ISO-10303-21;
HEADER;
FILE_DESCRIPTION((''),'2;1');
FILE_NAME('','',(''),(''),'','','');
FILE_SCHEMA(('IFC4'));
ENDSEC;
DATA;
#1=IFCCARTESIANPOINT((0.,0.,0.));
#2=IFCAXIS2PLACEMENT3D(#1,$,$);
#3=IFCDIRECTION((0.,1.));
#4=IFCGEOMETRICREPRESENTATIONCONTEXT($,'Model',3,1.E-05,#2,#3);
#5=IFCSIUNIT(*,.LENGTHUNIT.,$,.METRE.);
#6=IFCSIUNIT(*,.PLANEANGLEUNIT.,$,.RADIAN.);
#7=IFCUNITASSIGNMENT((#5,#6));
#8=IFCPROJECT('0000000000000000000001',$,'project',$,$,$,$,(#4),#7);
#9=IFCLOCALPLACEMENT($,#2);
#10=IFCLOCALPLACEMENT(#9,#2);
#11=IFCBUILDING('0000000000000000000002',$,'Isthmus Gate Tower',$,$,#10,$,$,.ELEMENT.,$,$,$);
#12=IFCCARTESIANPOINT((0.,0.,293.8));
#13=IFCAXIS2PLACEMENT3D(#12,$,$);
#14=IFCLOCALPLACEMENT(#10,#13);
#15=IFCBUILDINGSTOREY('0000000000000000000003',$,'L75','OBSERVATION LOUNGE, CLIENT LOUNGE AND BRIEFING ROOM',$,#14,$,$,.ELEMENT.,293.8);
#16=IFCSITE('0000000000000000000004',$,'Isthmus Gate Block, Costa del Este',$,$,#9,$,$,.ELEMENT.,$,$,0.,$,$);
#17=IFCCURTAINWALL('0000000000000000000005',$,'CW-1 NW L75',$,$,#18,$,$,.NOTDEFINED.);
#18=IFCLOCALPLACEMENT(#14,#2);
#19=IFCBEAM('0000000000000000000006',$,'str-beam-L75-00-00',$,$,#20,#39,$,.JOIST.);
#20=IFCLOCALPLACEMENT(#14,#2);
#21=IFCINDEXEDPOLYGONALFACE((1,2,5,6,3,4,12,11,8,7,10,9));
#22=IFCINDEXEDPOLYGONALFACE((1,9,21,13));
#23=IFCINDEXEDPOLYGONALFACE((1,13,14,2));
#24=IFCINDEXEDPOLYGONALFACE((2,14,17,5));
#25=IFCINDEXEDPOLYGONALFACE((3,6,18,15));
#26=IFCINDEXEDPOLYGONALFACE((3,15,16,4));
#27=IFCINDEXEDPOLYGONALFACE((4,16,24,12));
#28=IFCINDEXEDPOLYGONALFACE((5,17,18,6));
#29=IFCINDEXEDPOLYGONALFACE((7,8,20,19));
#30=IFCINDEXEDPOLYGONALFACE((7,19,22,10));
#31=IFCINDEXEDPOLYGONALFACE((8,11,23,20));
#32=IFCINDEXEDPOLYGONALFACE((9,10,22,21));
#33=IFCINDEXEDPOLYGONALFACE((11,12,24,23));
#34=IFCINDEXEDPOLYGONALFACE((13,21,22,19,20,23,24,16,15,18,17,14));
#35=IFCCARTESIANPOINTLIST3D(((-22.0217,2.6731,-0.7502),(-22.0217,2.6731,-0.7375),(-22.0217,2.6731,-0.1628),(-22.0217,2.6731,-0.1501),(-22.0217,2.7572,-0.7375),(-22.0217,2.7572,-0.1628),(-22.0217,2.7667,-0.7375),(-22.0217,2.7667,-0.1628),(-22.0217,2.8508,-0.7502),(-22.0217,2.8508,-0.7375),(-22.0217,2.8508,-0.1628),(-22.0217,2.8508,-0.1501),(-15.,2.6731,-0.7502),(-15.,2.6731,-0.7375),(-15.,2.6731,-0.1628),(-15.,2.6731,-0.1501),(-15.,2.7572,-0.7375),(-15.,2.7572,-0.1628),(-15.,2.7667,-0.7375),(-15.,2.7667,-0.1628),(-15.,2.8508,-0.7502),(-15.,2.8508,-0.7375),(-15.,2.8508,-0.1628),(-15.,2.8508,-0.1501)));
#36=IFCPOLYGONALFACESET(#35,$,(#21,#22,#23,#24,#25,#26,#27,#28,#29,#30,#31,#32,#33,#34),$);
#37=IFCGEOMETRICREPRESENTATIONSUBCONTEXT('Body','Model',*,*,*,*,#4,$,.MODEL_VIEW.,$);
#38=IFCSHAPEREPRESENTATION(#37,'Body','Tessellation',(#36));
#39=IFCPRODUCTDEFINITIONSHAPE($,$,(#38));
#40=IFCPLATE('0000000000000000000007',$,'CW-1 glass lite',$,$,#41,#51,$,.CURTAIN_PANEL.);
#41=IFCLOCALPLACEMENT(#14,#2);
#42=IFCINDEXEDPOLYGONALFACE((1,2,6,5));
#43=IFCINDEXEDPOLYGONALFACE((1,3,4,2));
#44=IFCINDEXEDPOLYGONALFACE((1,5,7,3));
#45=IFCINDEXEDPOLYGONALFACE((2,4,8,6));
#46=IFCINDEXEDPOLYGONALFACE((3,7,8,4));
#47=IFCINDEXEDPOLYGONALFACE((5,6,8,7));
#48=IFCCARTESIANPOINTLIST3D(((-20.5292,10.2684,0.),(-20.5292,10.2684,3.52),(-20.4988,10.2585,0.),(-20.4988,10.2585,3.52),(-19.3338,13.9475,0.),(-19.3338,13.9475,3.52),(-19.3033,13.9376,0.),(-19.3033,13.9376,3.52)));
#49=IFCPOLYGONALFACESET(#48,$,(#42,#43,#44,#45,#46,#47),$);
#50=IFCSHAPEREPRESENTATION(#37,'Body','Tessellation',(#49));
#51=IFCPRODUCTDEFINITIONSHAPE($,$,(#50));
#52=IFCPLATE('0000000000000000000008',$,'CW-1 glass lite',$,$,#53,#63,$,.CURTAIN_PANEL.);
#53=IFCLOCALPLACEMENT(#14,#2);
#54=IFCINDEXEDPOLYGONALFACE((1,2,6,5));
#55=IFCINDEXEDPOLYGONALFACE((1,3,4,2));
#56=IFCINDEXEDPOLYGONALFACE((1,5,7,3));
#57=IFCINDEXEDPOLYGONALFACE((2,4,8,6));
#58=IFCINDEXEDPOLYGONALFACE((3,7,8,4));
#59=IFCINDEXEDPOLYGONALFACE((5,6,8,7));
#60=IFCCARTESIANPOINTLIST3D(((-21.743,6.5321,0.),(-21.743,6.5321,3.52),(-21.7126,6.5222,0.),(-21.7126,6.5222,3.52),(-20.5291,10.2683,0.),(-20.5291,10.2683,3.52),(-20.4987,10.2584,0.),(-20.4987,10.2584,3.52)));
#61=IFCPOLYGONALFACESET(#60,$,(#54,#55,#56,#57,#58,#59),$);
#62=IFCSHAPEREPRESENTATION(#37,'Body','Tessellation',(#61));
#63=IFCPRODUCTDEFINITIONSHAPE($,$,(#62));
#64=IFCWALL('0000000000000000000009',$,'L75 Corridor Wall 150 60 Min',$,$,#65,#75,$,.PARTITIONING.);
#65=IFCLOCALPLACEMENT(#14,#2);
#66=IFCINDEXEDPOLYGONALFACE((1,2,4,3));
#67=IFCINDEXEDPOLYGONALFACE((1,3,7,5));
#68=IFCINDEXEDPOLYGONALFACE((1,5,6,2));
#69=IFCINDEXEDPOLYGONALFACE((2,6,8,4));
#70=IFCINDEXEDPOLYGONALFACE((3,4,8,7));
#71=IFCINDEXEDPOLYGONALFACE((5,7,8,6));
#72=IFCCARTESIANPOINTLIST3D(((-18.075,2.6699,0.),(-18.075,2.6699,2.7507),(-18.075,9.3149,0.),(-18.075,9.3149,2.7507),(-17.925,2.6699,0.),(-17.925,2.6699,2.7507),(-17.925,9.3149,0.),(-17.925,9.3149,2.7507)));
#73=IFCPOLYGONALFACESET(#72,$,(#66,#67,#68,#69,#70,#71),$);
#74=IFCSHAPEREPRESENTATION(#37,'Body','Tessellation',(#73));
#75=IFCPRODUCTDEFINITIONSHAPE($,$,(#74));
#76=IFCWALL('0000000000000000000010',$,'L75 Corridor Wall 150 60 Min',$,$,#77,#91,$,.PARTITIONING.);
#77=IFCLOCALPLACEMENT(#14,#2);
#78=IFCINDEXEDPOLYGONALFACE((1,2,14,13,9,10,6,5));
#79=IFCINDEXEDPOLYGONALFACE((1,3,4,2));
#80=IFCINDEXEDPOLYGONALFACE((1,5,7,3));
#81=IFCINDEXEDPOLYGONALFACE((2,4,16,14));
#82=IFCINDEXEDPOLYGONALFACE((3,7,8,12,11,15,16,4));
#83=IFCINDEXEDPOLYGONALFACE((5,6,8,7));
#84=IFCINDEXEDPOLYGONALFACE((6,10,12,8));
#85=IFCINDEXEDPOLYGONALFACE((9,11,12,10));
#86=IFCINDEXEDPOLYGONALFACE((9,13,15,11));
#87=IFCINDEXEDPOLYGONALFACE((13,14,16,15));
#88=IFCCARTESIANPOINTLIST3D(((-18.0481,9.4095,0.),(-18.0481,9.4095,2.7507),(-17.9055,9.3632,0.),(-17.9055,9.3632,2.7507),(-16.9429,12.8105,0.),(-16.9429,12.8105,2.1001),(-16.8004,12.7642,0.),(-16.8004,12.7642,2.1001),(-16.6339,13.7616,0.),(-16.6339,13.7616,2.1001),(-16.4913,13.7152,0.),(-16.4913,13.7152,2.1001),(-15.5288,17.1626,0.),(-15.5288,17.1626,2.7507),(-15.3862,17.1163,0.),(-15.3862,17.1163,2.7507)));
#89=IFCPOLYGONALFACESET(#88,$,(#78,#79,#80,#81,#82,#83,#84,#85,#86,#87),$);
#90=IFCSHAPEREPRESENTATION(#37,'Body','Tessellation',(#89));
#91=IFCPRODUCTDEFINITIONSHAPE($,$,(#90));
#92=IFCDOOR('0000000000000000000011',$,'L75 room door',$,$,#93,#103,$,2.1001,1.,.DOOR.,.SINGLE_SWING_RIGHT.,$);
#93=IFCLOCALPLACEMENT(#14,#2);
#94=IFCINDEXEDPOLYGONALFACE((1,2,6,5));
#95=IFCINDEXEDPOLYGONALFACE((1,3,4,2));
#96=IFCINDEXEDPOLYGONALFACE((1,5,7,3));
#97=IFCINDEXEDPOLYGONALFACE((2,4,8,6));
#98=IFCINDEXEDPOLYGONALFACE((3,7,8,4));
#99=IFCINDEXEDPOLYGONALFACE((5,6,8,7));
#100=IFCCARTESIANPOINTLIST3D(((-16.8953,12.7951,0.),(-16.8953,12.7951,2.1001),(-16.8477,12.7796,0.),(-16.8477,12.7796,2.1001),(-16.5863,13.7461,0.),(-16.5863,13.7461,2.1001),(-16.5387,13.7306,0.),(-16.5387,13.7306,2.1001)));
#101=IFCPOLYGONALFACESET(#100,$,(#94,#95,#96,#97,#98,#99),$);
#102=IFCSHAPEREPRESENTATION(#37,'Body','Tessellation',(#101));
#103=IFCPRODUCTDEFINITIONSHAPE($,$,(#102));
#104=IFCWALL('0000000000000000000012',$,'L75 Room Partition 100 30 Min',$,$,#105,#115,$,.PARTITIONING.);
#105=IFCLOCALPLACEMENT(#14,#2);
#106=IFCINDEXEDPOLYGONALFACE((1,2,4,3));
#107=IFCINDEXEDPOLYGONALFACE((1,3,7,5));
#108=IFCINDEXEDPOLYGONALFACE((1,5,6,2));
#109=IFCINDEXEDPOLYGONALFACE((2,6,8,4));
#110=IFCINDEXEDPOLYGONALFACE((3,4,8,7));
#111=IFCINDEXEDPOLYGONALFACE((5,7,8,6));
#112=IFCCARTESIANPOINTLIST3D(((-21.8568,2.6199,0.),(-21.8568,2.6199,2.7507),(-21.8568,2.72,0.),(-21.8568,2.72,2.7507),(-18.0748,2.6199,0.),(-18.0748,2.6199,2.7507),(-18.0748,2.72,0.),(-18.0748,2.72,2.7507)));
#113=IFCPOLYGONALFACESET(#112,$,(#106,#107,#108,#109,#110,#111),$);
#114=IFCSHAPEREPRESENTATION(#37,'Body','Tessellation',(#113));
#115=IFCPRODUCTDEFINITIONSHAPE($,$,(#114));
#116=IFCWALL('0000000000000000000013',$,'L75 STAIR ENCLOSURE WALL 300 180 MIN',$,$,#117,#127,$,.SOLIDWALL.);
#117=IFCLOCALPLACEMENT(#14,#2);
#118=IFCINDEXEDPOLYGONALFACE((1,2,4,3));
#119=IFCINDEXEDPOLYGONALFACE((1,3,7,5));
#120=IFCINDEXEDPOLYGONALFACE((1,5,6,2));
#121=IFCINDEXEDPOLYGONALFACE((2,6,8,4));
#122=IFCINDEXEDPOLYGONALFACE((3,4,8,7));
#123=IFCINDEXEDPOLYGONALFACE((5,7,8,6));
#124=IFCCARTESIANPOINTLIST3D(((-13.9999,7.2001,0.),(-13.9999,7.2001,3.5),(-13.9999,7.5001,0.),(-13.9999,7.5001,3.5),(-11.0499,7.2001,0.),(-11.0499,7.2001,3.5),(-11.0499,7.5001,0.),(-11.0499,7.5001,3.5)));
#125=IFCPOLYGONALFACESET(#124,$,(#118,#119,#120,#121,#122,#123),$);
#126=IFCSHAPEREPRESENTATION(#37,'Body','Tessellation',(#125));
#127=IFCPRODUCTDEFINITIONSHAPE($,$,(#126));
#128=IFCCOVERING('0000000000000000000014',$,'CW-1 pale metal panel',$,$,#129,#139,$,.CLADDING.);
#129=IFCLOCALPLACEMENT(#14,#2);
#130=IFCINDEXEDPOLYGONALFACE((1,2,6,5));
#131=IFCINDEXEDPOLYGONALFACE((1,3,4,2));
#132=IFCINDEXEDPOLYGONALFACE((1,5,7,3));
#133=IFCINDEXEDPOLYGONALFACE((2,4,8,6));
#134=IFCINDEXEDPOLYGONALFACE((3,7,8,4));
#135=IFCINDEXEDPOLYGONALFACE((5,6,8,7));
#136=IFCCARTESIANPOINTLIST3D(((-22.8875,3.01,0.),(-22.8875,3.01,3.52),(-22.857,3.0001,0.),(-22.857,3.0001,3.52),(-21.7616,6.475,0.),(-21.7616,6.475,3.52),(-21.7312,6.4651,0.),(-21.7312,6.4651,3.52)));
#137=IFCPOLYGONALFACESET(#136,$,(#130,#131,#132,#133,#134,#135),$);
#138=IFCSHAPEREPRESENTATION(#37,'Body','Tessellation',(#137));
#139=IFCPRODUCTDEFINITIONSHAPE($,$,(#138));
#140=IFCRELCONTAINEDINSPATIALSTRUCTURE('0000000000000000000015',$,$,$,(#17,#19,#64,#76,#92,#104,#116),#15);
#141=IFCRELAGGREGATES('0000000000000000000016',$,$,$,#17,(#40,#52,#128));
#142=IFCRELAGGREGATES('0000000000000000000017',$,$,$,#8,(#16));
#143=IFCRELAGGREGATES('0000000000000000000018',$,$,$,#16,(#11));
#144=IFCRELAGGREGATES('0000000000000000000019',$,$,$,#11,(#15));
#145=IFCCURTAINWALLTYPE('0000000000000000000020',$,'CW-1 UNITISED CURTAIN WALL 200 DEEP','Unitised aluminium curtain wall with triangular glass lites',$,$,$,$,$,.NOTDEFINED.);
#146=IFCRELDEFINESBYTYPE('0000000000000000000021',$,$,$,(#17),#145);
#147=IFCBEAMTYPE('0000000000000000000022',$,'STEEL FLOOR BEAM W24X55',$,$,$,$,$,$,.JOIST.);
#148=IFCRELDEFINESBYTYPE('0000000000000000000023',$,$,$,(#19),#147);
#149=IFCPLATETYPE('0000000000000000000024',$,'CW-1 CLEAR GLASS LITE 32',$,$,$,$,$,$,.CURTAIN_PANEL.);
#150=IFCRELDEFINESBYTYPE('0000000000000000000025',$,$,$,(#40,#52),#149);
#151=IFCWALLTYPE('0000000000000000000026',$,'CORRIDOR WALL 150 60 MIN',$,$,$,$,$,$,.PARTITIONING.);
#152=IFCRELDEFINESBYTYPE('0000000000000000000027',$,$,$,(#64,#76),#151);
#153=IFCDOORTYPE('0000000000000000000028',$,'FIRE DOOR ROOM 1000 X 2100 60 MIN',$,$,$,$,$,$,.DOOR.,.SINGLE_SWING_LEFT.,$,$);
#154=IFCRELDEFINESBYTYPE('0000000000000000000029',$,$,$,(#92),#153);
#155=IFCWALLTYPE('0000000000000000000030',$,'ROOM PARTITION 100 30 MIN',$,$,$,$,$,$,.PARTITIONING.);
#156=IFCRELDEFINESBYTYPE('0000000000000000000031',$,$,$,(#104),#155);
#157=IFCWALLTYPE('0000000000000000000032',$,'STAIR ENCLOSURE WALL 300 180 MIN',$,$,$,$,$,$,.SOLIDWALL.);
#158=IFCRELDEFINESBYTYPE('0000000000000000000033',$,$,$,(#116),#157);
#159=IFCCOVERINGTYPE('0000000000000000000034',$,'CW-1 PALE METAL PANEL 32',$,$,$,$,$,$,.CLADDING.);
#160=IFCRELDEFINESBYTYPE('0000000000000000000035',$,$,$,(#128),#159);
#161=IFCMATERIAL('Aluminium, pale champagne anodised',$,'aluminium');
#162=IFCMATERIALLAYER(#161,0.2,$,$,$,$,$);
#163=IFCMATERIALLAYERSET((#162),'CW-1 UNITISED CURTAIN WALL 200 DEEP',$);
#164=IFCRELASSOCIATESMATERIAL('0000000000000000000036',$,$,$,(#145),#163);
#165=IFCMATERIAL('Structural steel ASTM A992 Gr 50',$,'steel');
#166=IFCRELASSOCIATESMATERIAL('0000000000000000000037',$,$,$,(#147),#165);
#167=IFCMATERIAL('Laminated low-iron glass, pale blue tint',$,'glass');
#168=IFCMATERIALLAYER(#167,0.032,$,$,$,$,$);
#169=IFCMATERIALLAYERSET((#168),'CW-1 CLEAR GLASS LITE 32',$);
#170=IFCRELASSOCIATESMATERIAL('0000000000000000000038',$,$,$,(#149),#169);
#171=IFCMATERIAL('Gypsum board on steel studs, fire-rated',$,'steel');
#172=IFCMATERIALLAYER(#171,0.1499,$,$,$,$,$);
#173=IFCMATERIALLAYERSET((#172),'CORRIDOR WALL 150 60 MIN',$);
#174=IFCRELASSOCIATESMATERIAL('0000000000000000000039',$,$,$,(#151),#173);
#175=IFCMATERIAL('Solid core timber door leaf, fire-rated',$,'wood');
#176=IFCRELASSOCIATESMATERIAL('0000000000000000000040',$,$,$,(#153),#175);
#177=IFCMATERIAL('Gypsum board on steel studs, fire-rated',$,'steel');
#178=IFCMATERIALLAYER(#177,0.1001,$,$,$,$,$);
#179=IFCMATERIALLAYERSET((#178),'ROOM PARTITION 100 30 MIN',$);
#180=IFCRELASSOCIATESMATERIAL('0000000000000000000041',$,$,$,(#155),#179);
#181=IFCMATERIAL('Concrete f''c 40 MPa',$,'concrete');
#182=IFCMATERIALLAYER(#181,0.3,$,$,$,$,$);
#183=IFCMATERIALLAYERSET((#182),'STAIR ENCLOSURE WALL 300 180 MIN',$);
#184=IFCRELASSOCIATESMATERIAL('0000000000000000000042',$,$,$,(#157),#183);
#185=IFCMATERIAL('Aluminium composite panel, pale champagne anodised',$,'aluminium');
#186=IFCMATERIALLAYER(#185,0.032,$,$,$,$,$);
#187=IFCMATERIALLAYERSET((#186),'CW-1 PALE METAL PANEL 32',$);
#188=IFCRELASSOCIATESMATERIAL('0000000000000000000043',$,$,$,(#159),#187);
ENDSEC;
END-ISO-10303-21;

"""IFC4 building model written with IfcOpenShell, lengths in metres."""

from ifc_helpers import new_model, si_unit, direction, frame, frame_2d, origin, origin_2d, place, context, subcontext, project, spatial, rectangle, i_section, extrude, material, layer, layer_set, material_profile, profile_set, type_object, element, fill, aggregate, save


model = new_model("IFC4")

# Units and contexts
model_context = context("Model", 3, precision=1e-05, world=origin(), true_north=direction((0.0, 1.0)))
body_context = subcontext(model_context, "Body", "Model", "MODEL_VIEW")
ifc_project = project(units=[si_unit("LENGTHUNIT", "METRE"), si_unit("PLANEANGLEUNIT", "RADIAN")], contexts=[model_context])

# Site, building, storey
site_placement = place(None, origin())
site = spatial("IfcSite", under=ifc_project, at=site_placement, Name="Isthmus Gate Block, Costa del Este", CompositionType="ELEMENT", RefElevation=0.0)
building_placement = place(site_placement, origin())
building = spatial("IfcBuilding", under=site, at=building_placement, Name="Isthmus Gate Tower", CompositionType="ELEMENT")
storey_placement = place(building_placement, frame((0.0, 0.0, 293.8)))
storey = spatial("IfcBuildingStorey", under=building, at=storey_placement, Name="L75", Description="OBSERVATION LOUNGE, CLIENT LOUNGE AND BRIEFING ROOM", CompositionType="ELEMENT", Elevation=293.8)

# Curtain wall
ifc_material_1 = material(Name="Aluminium, pale champagne anodised", Category="aluminium")
ifc_layer_1 = layer(ifc_material_1, 0.2)
ifc_layer_set_1 = layer_set([ifc_layer_1], Name="CW-1 UNITISED CURTAIN WALL 200 DEEP")
curtain_wall_type = type_object("IfcCurtainWallType", Name="CW-1 UNITISED CURTAIN WALL 200 DEEP", Description="Unitised aluminium curtain wall with triangular glass lites", PredefinedType="NOTDEFINED", material=ifc_layer_set_1)
curtain_wall_placement = place(storey_placement, origin())
curtain_wall = element("IfcCurtainWall", 1, at=curtain_wall_placement, inside=storey, type_object=curtain_wall_type, Name="CW-1 NW L75", PredefinedType="NOTDEFINED")

# Beam
ifc_material_2 = material(Name="Structural steel ASTM A992 Gr 50", Category="steel")
ifc_material_profile_1 = material_profile(ifc_material_2, i_section(OverallWidth=0.1777, OverallDepth=0.6001, WebThickness=0.0095, FlangeThickness=0.0127, at=origin_2d()), Name="W24X55")
ifc_profile_set_1 = profile_set([ifc_material_profile_1], Name="Structural steel ASTM A992 Gr 50")
beam_type_1 = type_object("IfcBeamType", Name="STEEL FLOOR BEAM W24X55", PredefinedType="JOIST", material=ifc_profile_set_1)
beam_1_placement = place(storey_placement, frame((-22.0217, 2.762, -0.4502), z_axis=(1.0, 0.0, 0.0), x_axis=(0.0, 1.0, 0.0)))
element("IfcBeam", 2, at=beam_1_placement, inside=storey, type_object=beam_type_1, Name="str-beam-L75-00-00", PredefinedType="JOIST", context=body_context, shape_type="SweptSolid", body=[
    extrude(i_section(OverallWidth=0.1777, OverallDepth=0.6001, WebThickness=0.0095, FlangeThickness=0.0127, at=origin_2d()), origin(), (0.0, 0.0, 1.0), 7.0217),
])

# Plates
ifc_material_3 = material(Name="Laminated low-iron glass, pale blue tint", Category="glass")
ifc_layer_2 = layer(ifc_material_3, 0.032)
ifc_layer_set_2 = layer_set([ifc_layer_2], Name="CW-1 CLEAR GLASS LITE 32")
plate_type = type_object("IfcPlateType", Name="CW-1 CLEAR GLASS LITE 32", PredefinedType="CURTAIN_PANEL", material=ifc_layer_set_2)
plate_1_placement = place(storey_placement, frame((-19.9163, 12.103, 0.0), z_axis=(0.0, 0.0, 1.0), x_axis=(-0.309017, -0.951057, 0.0)))
plate_1 = element("IfcPlate", 3, at=plate_1_placement, type_object=plate_type, Name="CW-1 glass lite", PredefinedType="CURTAIN_PANEL", context=body_context, shape_type="SweptSolid", body=[
    extrude(rectangle(XDim=3.8684, YDim=0.032, at=origin_2d()), origin(), (0.0, 0.0, 1.0), 3.52),
])
plate_2_placement = place(storey_placement, frame((-21.1208, 8.3953, 0.0), z_axis=(0.0, 0.0, 1.0), x_axis=(-0.309017, -0.951057, 0.0)))
plate_2 = element("IfcPlate", 4, at=plate_2_placement, type_object=plate_type, Name="CW-1 glass lite", PredefinedType="CURTAIN_PANEL", context=body_context, shape_type="SweptSolid", body=[
    extrude(rectangle(XDim=3.9285, YDim=0.032, at=origin_2d()), origin(), (0.0, 0.0, 1.0), 3.52),
])

# Wall
ifc_material_4 = material(Name="Gypsum board on steel studs, fire-rated", Category="steel")
ifc_layer_3 = layer(ifc_material_4, 0.1499)
ifc_layer_set_3 = layer_set([ifc_layer_3], Name="CORRIDOR WALL 150 60 MIN")
wall_type_1 = type_object("IfcWallType", Name="CORRIDOR WALL 150 60 MIN", PredefinedType="PARTITIONING", material=ifc_layer_set_3)
wall_1_placement = place(storey_placement, frame((-18.0, 2.6699, 0.0), z_axis=(0.0, 0.0, 1.0), x_axis=(0.0, 1.0, 0.0)))
element("IfcWall", 5, at=wall_1_placement, inside=storey, type_object=wall_type_1, Name="L75 Corridor Wall 150 60 Min", PredefinedType="PARTITIONING", context=body_context, shape_type="SweptSolid", body=[
    extrude(rectangle(XDim=6.645, YDim=0.1499, at=frame_2d((3.3225, 0.0))), origin(), (0.0, 0.0, 1.0), 2.7507),
])

# Wall, opening, door
wall_2_placement = place(storey_placement, frame((-17.9768, 9.3862, 0.0), z_axis=(0.0, 0.0, 1.0), x_axis=(0.309031, 0.951052, 0.0)))
wall_2 = element("IfcWall", 6, at=wall_2_placement, inside=storey, type_object=wall_type_1, Name="L75 Corridor Wall 150 60 Min", PredefinedType="PARTITIONING", context=body_context, shape_type="SweptSolid", body=[
    extrude(rectangle(XDim=8.1521, YDim=0.1499, at=frame_2d((4.0762, 0.0))), origin(), (0.0, 0.0, 1.0), 2.7507),
])
opening_placement = place(wall_2_placement, frame((3.5762, 0.0, 0.0)))
opening = element("IfcOpeningElement", 7, at=opening_placement, cuts=wall_2, PredefinedType="OPENING", context=body_context, shape_type="SweptSolid", body=[
    extrude(rectangle(XDim=1.0, YDim=2.1001, at=frame_2d((0.5, 1.05))), frame((0.0, 0.085, 0.0), z_axis=(0.0, -1.0, 0.0), x_axis=(1.0, 0.0, 0.0)), (0.0, 0.0, 1.0), 0.1699),
])
ifc_material_5 = material(Name="Solid core timber door leaf, fire-rated", Category="wood")
door_type = type_object("IfcDoorType", Name="FIRE DOOR ROOM 1000 X 2100 60 MIN", OperationType="SINGLE_SWING_LEFT", PredefinedType="DOOR", material=ifc_material_5)
door_placement = place(opening_placement, origin())
door = element("IfcDoor", 8, at=door_placement, inside=storey, type_object=door_type, Name="L75 room door", OperationType="SINGLE_SWING_RIGHT", OverallHeight=2.1001, OverallWidth=1.0, PredefinedType="DOOR", context=body_context, shape_type="SweptSolid", body=[
    extrude(rectangle(XDim=1.0, YDim=2.1001, at=frame_2d((0.5, 1.05))), frame((0.0, 0.0249, 0.0), z_axis=(0.0, -1.0, 0.0), x_axis=(1.0, 0.0, 0.0)), (0.0, 0.0, 1.0), 0.05),
])
fill(opening, door)

# Walls
ifc_material_6 = material(Name="Gypsum board on steel studs, fire-rated", Category="steel")
ifc_layer_4 = layer(ifc_material_6, 0.1001)
ifc_layer_set_4 = layer_set([ifc_layer_4], Name="ROOM PARTITION 100 30 MIN")
wall_type_2 = type_object("IfcWallType", Name="ROOM PARTITION 100 30 MIN", PredefinedType="PARTITIONING", material=ifc_layer_set_4)
wall_3_placement = place(storey_placement, frame((-21.8569, 2.6699, 0.0), z_axis=(0.0, 0.0, 1.0), x_axis=(1.0, 0.0, 0.0)))
element("IfcWall", 9, at=wall_3_placement, inside=storey, type_object=wall_type_2, Name="L75 Room Partition 100 30 Min", PredefinedType="PARTITIONING", context=body_context, shape_type="SweptSolid", body=[
    extrude(rectangle(XDim=3.782, YDim=0.1001, at=frame_2d((1.8911, 0.0))), origin(), (0.0, 0.0, 1.0), 2.7507),
])
ifc_material_7 = material(Name="Concrete f'c 40 MPa", Category="concrete")
ifc_layer_5 = layer(ifc_material_7, 0.3)
ifc_layer_set_5 = layer_set([ifc_layer_5], Name="STAIR ENCLOSURE WALL 300 180 MIN")
wall_type_3 = type_object("IfcWallType", Name="STAIR ENCLOSURE WALL 300 180 MIN", PredefinedType="SOLIDWALL", material=ifc_layer_set_5)
wall_4_placement = place(storey_placement, frame((-14.0, 7.3501, 0.0), z_axis=(0.0, 0.0, 1.0), x_axis=(1.0, 0.0, 0.0)))
element("IfcWall", 10, at=wall_4_placement, inside=storey, type_object=wall_type_3, Name="L75 STAIR ENCLOSURE WALL 300 180 MIN", PredefinedType="SOLIDWALL", context=body_context, shape_type="SweptSolid", body=[
    extrude(rectangle(XDim=2.95, YDim=0.3, at=frame_2d((1.4751, 0.0))), origin(), (0.0, 0.0, 1.0), 3.5),
])

# Covering
ifc_material_8 = material(Name="Aluminium composite panel, pale champagne anodised", Category="aluminium")
ifc_layer_6 = layer(ifc_material_8, 0.032)
ifc_layer_set_6 = layer_set([ifc_layer_6], Name="CW-1 PALE METAL PANEL 32")
covering_type = type_object("IfcCoveringType", Name="CW-1 PALE METAL PANEL 32", PredefinedType="CLADDING", material=ifc_layer_set_6)
covering_placement = place(storey_placement, frame((-22.3093, 4.7375, 0.0), z_axis=(0.0, 0.0, 1.0), x_axis=(-0.309017, -0.951057, 0.0)))
covering = element("IfcCovering", 11, at=covering_placement, type_object=covering_type, Name="CW-1 pale metal panel", PredefinedType="CLADDING", context=body_context, shape_type="SweptSolid", body=[
    extrude(rectangle(XDim=3.6433, YDim=0.032, at=origin_2d()), origin(), (0.0, 0.0, 1.0), 3.52),
])
aggregate(curtain_wall, [plate_1, plate_2, covering])

save(model, "model.ifc")
